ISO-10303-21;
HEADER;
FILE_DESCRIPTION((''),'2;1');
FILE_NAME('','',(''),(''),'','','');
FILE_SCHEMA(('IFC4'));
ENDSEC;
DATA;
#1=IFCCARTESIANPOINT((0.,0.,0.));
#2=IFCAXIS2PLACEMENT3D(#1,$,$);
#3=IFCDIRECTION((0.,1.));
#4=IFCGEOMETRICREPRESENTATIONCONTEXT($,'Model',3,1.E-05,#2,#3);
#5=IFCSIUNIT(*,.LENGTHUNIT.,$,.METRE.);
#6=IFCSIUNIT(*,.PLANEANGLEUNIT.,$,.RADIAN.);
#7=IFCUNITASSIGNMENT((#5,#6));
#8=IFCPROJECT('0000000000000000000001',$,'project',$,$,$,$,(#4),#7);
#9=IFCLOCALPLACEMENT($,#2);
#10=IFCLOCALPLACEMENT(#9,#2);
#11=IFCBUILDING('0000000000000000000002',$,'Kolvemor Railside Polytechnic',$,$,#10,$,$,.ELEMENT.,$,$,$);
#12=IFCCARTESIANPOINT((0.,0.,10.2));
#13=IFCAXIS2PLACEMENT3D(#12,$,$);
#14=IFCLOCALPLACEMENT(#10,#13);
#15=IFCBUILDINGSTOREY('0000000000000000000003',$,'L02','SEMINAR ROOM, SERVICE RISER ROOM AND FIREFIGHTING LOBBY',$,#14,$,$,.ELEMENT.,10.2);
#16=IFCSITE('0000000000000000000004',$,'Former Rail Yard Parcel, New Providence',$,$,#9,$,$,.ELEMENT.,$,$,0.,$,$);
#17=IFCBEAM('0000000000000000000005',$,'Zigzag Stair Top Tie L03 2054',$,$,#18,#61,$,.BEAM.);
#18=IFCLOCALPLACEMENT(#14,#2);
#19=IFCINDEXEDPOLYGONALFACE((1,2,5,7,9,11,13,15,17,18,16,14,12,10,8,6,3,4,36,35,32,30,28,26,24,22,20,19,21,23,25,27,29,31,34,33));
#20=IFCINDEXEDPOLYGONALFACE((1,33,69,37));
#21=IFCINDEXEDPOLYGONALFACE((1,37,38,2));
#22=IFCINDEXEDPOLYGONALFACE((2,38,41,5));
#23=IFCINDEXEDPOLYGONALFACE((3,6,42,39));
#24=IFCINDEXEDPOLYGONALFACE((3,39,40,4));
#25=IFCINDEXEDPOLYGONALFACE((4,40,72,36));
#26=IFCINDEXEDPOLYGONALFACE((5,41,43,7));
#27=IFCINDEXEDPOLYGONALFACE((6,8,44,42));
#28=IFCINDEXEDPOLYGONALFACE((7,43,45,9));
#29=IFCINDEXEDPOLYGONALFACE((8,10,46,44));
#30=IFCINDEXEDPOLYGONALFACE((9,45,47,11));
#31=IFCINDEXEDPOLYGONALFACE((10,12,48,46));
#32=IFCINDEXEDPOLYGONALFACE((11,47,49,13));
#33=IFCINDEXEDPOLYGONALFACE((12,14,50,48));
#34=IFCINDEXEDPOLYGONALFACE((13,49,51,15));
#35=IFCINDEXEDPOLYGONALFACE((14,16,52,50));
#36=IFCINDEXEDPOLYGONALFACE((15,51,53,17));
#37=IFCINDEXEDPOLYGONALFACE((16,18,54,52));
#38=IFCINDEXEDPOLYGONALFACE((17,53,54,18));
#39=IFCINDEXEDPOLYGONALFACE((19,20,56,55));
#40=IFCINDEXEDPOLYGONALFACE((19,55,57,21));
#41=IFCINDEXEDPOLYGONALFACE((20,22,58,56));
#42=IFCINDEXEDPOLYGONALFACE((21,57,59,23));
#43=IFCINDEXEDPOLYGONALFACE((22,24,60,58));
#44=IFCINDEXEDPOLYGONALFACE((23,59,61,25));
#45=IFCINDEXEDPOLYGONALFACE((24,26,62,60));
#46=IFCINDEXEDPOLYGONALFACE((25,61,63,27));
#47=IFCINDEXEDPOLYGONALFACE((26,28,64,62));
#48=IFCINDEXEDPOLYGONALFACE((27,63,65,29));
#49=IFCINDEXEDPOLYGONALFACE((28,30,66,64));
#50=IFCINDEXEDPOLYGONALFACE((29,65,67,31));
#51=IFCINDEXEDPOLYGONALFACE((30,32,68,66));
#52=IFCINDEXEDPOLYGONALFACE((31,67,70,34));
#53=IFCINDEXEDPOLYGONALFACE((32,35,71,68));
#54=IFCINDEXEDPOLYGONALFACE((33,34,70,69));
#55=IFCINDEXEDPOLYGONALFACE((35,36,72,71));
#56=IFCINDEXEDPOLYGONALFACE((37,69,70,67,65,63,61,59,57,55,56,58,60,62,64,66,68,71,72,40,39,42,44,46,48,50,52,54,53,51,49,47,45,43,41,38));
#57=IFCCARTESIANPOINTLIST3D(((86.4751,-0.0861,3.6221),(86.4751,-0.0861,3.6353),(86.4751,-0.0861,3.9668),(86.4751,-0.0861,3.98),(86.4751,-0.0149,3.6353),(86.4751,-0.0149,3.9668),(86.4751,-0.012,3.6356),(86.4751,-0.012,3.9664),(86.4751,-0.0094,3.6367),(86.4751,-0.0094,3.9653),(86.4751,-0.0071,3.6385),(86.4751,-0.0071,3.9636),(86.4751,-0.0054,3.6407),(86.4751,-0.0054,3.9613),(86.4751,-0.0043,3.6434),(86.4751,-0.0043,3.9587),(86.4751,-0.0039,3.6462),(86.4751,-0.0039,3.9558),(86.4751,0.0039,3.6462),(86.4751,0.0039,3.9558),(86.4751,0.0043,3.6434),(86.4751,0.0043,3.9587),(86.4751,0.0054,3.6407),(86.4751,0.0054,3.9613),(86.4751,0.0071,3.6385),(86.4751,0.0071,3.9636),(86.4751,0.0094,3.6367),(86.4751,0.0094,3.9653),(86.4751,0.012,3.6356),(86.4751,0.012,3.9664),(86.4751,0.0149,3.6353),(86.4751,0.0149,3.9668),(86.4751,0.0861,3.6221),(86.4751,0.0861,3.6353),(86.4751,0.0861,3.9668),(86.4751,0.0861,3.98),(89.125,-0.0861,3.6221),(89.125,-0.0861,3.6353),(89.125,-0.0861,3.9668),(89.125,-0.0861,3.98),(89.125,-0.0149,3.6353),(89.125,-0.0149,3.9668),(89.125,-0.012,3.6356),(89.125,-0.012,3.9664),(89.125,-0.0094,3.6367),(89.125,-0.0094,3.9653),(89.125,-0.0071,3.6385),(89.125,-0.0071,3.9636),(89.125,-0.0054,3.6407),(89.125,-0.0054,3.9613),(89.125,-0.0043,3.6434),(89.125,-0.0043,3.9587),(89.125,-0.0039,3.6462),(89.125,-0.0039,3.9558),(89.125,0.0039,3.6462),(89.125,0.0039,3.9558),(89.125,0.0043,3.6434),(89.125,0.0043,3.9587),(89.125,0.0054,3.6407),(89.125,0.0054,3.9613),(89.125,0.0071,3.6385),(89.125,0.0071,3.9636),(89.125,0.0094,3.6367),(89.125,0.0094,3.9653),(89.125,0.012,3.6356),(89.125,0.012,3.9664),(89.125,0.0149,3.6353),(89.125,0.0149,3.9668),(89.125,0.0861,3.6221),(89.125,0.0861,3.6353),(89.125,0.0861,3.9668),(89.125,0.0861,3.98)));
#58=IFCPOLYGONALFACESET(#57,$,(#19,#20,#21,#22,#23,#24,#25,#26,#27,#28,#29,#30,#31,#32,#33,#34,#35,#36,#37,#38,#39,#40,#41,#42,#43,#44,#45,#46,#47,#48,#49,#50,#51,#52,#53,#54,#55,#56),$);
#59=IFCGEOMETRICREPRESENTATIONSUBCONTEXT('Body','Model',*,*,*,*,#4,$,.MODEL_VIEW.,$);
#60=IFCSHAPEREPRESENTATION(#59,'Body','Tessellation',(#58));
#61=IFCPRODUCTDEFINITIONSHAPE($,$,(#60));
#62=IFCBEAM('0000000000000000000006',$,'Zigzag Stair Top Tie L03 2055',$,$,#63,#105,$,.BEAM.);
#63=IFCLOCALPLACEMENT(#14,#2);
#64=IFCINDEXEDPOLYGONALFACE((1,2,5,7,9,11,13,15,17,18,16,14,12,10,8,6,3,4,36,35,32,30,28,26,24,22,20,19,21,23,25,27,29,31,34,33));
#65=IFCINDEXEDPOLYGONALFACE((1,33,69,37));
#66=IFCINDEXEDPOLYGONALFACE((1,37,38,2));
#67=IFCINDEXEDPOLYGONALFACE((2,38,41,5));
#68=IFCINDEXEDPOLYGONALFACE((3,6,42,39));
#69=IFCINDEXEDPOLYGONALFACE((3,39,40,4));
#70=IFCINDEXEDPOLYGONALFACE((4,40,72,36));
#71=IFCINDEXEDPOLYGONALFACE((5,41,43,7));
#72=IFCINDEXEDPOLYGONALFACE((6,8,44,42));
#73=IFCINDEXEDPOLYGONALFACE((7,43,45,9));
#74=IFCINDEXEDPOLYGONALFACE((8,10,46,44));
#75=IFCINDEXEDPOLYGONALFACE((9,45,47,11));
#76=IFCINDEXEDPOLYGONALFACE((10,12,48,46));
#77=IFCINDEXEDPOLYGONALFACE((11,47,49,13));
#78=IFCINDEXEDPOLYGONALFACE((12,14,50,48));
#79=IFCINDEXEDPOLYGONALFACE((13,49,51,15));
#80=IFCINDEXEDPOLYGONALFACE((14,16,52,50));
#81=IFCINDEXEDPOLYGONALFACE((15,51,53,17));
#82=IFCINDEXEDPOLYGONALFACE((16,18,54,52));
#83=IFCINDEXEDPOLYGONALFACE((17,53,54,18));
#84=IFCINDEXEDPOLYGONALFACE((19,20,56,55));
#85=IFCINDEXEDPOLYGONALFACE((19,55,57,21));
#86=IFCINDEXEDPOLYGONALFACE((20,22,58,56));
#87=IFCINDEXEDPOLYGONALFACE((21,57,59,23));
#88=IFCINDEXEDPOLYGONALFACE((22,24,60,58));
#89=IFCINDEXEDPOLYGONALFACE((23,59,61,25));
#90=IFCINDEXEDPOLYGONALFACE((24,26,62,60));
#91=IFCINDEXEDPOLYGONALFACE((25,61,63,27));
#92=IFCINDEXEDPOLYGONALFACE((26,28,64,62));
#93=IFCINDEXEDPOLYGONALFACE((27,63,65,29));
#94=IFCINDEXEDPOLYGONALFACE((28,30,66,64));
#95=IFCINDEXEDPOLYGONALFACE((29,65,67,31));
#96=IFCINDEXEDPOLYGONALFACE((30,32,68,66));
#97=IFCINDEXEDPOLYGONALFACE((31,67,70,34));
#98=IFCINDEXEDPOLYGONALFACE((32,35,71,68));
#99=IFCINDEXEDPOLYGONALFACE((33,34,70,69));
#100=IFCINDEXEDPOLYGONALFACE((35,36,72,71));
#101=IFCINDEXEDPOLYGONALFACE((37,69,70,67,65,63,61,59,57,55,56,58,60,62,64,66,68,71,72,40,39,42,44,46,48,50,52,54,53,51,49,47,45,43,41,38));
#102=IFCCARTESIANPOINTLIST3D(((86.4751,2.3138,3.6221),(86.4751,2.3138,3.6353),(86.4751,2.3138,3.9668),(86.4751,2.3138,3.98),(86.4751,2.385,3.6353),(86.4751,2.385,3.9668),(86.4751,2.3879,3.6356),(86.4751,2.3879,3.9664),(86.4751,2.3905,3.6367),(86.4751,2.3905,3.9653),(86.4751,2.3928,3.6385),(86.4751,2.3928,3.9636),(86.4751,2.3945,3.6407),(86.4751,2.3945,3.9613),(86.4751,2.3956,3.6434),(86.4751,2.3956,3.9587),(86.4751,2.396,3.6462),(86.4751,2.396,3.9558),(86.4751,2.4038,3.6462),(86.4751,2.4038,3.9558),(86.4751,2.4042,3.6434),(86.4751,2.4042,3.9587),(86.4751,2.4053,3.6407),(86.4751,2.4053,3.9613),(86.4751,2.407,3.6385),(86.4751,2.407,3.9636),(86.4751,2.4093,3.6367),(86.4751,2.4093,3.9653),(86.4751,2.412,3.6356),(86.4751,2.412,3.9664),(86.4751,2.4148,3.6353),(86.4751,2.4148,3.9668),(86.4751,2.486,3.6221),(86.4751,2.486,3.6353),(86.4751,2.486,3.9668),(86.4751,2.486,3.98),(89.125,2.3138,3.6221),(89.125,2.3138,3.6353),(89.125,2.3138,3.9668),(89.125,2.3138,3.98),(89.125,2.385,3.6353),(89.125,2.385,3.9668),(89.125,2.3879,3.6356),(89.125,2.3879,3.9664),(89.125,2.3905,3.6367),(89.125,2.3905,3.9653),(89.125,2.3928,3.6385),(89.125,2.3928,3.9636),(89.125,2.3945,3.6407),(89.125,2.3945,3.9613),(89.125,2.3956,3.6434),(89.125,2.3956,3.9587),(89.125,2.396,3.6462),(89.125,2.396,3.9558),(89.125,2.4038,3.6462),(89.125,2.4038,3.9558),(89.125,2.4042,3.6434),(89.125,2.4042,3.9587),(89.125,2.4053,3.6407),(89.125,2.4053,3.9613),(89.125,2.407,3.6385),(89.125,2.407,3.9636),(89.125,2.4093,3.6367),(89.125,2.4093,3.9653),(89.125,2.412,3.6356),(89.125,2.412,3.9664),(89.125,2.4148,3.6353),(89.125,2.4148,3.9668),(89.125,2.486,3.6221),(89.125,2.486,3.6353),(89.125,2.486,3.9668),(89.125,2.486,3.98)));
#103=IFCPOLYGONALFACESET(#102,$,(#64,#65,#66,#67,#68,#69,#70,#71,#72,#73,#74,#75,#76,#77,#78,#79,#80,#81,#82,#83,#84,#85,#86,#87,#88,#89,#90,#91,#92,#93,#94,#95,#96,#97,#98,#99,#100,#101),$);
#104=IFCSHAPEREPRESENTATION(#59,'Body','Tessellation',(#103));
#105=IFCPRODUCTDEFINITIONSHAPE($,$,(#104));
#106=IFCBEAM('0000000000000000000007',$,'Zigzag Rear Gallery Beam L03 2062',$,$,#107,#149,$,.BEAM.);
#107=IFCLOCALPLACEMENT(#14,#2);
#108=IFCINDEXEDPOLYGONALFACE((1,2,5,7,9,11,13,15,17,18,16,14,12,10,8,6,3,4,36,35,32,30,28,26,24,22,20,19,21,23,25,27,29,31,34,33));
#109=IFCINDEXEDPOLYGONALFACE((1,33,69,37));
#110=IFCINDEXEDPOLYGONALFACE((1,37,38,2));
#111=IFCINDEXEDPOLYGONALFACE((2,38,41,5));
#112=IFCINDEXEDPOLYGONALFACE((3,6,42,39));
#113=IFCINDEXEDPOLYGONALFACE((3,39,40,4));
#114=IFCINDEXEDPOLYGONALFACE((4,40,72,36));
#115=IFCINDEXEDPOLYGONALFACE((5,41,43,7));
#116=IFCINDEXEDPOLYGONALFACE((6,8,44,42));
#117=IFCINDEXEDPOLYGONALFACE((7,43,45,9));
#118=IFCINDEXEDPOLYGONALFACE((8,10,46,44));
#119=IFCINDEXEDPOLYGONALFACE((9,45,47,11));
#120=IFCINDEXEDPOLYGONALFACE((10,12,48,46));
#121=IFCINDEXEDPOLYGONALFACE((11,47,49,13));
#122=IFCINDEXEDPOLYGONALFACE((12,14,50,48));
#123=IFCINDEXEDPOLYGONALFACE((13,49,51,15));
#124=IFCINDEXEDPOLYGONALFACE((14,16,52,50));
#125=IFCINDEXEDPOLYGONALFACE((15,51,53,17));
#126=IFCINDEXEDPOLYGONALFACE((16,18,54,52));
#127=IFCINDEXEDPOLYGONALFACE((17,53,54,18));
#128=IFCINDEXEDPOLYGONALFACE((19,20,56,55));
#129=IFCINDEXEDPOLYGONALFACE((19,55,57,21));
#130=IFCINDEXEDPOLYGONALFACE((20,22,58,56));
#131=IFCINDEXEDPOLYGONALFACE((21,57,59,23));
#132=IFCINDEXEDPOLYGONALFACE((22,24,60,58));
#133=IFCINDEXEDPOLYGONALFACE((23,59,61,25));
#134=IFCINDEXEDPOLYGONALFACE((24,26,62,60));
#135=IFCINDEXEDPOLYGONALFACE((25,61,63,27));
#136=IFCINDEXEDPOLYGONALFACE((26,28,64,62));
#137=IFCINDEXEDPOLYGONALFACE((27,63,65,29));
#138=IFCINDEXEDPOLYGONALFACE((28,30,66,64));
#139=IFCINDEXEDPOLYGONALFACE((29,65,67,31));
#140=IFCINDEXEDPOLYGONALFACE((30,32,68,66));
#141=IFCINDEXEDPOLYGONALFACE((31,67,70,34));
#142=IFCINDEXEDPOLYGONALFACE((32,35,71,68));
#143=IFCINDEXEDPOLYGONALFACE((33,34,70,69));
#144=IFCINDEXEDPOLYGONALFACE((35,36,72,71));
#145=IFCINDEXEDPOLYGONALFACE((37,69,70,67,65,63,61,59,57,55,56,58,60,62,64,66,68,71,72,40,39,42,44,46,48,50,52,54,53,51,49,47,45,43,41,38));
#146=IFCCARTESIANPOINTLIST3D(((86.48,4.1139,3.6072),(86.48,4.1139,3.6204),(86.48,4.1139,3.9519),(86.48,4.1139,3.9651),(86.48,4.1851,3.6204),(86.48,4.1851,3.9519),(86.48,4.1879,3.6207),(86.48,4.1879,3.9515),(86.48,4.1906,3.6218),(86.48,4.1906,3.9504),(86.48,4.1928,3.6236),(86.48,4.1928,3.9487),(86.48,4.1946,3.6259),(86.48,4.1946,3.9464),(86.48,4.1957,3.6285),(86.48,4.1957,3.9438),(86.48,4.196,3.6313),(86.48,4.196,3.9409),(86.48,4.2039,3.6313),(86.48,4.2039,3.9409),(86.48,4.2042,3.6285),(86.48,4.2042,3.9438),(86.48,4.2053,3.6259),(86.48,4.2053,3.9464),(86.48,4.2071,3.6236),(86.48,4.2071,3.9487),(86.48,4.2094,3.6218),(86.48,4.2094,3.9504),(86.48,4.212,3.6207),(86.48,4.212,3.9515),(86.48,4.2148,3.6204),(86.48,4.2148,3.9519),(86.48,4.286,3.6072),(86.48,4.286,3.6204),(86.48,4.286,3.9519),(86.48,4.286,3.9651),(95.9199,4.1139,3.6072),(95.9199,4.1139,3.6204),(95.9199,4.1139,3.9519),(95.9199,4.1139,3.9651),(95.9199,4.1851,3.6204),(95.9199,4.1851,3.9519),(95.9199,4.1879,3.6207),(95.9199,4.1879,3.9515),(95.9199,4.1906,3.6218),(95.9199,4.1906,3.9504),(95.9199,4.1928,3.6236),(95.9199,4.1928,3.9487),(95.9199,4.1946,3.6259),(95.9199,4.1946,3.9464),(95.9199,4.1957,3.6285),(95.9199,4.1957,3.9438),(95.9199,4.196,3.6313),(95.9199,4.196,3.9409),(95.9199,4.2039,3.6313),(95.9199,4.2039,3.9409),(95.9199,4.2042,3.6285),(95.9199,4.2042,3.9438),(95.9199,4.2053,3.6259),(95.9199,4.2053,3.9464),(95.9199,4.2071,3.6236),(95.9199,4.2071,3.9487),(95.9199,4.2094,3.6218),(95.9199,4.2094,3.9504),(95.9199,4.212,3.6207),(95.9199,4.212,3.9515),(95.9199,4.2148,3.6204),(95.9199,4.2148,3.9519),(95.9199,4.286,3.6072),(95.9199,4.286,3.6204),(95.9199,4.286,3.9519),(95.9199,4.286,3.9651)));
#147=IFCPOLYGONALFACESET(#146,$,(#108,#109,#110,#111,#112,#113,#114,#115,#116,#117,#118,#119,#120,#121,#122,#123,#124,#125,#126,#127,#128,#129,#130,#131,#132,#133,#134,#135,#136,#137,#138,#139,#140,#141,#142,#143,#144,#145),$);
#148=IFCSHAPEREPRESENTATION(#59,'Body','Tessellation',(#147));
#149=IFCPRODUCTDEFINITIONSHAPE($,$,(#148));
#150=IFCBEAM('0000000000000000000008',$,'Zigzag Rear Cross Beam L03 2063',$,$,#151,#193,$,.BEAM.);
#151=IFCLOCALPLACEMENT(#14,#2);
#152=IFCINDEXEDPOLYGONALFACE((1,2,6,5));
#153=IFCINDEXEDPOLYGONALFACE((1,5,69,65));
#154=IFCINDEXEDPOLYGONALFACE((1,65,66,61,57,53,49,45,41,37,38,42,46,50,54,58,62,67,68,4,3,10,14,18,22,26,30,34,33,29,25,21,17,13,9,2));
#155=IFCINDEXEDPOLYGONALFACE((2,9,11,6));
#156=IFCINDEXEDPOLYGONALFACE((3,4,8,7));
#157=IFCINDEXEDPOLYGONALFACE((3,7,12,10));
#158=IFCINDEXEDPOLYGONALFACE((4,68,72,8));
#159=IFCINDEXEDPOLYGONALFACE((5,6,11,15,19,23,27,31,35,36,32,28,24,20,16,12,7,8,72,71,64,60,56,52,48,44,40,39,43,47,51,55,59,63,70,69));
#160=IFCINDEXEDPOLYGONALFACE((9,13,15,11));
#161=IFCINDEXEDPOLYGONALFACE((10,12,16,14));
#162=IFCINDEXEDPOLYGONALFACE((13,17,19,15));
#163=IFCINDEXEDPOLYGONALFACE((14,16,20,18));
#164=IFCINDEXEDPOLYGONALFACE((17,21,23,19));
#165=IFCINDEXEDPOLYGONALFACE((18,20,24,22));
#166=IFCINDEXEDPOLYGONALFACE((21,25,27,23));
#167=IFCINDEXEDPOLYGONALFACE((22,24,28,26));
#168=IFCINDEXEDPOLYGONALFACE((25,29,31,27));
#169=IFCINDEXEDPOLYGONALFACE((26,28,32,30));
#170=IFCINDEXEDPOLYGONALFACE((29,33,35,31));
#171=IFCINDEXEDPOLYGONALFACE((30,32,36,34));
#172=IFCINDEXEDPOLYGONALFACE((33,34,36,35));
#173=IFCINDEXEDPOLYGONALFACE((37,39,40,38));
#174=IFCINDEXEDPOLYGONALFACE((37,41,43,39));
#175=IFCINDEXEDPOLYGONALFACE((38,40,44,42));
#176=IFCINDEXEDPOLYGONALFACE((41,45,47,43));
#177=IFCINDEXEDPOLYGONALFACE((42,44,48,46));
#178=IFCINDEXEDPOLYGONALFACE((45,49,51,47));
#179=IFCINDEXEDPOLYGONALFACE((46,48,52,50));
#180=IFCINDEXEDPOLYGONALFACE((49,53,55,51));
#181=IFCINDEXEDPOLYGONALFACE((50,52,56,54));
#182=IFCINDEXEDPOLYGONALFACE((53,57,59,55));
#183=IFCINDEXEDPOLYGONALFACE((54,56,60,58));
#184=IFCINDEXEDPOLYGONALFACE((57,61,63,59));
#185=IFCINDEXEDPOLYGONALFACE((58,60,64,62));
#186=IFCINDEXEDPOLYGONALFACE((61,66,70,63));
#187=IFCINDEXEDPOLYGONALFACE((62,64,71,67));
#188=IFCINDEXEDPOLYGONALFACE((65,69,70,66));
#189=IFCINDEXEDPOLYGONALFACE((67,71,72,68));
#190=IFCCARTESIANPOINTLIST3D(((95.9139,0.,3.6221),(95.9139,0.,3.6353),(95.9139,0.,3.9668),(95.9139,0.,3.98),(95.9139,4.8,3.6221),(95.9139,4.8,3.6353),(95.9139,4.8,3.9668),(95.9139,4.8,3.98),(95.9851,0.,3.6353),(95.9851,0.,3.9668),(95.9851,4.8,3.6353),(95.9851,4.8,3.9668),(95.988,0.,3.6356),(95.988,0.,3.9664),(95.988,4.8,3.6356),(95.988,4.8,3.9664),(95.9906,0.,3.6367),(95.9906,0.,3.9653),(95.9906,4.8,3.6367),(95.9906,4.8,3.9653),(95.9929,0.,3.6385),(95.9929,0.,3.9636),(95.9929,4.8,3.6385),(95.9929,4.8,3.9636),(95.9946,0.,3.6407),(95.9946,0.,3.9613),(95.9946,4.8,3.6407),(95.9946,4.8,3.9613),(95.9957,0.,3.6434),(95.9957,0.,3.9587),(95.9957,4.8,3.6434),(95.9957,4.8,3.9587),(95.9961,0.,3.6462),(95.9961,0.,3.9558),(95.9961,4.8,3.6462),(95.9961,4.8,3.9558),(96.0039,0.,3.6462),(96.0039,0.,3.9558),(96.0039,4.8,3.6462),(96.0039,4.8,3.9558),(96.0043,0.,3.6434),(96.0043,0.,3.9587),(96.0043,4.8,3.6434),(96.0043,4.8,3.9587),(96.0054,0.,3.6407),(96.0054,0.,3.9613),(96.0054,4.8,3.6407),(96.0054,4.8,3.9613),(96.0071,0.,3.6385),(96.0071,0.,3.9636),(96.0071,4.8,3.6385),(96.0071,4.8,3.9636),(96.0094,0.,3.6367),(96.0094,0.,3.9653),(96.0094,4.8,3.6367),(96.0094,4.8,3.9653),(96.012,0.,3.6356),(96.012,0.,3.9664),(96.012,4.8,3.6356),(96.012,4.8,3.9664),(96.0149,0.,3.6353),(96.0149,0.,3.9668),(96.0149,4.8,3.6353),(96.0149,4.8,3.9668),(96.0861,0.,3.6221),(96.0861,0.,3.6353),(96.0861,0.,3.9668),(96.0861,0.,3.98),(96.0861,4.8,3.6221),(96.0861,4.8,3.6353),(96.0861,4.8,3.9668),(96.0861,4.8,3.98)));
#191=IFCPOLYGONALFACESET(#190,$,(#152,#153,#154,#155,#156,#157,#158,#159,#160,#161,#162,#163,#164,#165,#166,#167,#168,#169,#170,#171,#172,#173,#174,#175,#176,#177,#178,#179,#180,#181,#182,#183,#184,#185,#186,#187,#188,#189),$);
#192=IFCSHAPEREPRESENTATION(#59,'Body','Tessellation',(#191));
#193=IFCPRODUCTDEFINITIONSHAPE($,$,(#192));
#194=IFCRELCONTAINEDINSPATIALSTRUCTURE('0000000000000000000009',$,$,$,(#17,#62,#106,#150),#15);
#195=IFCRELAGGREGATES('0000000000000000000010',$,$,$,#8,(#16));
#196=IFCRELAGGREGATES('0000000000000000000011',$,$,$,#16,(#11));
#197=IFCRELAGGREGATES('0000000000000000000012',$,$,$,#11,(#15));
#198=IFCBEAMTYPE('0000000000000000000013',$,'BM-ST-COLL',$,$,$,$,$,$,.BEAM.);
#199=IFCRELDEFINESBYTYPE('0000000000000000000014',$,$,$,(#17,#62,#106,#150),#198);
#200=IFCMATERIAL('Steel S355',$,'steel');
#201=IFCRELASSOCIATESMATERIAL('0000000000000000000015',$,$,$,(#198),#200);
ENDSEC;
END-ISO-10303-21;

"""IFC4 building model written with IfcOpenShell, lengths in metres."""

from ifc_helpers import new_model, si_unit, direction, frame, origin, origin_2d, place, context, subcontext, project, spatial, i_section, extrude, material, material_profile, profile_set, type_object, element, save


model = new_model("IFC4")

# Units and contexts
model_context = context("Model", 3, precision=1e-05, world=origin(), true_north=direction((0.0, 1.0)))
body_context = subcontext(model_context, "Body", "Model", "MODEL_VIEW")
ifc_project = project(units=[si_unit("LENGTHUNIT", "METRE"), si_unit("PLANEANGLEUNIT", "RADIAN")], contexts=[model_context])

# Site, building, storey
site_placement = place(None, origin())
site = spatial("IfcSite", under=ifc_project, at=site_placement, Name="Former Rail Yard Parcel, New Providence", CompositionType="ELEMENT", RefElevation=0.0)
building_placement = place(site_placement, origin())
building = spatial("IfcBuilding", under=site, at=building_placement, Name="Kolvemor Railside Polytechnic", CompositionType="ELEMENT")
storey_placement = place(building_placement, frame((0.0, 0.0, 10.2)))
storey = spatial("IfcBuildingStorey", under=building, at=storey_placement, Name="L02", Description="SEMINAR ROOM, SERVICE RISER ROOM AND FIREFIGHTING LOBBY", CompositionType="ELEMENT", Elevation=10.2)

# Beams
ifc_material_1 = material(Name="Steel S355", Category="steel")
ifc_material_profile_1 = material_profile(ifc_material_1, i_section(OverallWidth=0.1721, OverallDepth=0.3579, WebThickness=0.0078, FlangeThickness=0.0132, FilletRadius=0.011, at=origin_2d()), Name="W360x57")
ifc_profile_set_1 = profile_set([ifc_material_profile_1], Name="Steel S355")
beam_type_1 = type_object("IfcBeamType", Name="BM-ST-COLL", PredefinedType="BEAM", material=ifc_profile_set_1)
for number, where, z_axis, x_axis, name in (
    (1, (86.4751, 0.0, 3.801), (1.0, 0.0, 0.0), (0.0, 1.0, 0.0), "Zigzag Stair Top Tie L03 2054"),
    (2, (86.4751, 2.3999, 3.801), (1.0, 0.0, 0.0), (0.0, 1.0, 0.0), "Zigzag Stair Top Tie L03 2055"),
):
    element("IfcBeam", number, at=place(storey_placement, frame(where, z_axis=z_axis, x_axis=x_axis)), inside=storey, type_object=beam_type_1, Name=name, PredefinedType="BEAM", context=body_context, shape_type="SweptSolid", body=[
        extrude(i_section(OverallWidth=0.1721, OverallDepth=0.3579, WebThickness=0.0078, FlangeThickness=0.0132, FilletRadius=0.011, at=origin_2d()), origin(), (0.0, 0.0, 1.0), 2.6499),
    ])
beam_1_placement = place(storey_placement, frame((86.48, 4.2, 3.7861), z_axis=(1.0, 0.0, 0.0), x_axis=(0.0, 1.0, 0.0)))
element("IfcBeam", 3, at=beam_1_placement, inside=storey, type_object=beam_type_1, Name="Zigzag Rear Gallery Beam L03 2062", PredefinedType="BEAM", context=body_context, shape_type="SweptSolid", body=[
    extrude(i_section(OverallWidth=0.1721, OverallDepth=0.3579, WebThickness=0.0078, FlangeThickness=0.0132, FilletRadius=0.011, at=origin_2d()), origin(), (0.0, 0.0, 1.0), 9.4399),
])
beam_2_placement = place(storey_placement, frame((96.0, 0.0, 3.801), z_axis=(0.0, 1.0, 0.0), x_axis=(-1.0, 0.0, 0.0)))
element("IfcBeam", 4, at=beam_2_placement, inside=storey, type_object=beam_type_1, Name="Zigzag Rear Cross Beam L03 2063", PredefinedType="BEAM", context=body_context, shape_type="SweptSolid", body=[
    extrude(i_section(OverallWidth=0.1721, OverallDepth=0.3579, WebThickness=0.0078, FlangeThickness=0.0132, FilletRadius=0.011, at=origin_2d()), origin(), (0.0, 0.0, 1.0), 4.8),
])

save(model, "model.ifc")
